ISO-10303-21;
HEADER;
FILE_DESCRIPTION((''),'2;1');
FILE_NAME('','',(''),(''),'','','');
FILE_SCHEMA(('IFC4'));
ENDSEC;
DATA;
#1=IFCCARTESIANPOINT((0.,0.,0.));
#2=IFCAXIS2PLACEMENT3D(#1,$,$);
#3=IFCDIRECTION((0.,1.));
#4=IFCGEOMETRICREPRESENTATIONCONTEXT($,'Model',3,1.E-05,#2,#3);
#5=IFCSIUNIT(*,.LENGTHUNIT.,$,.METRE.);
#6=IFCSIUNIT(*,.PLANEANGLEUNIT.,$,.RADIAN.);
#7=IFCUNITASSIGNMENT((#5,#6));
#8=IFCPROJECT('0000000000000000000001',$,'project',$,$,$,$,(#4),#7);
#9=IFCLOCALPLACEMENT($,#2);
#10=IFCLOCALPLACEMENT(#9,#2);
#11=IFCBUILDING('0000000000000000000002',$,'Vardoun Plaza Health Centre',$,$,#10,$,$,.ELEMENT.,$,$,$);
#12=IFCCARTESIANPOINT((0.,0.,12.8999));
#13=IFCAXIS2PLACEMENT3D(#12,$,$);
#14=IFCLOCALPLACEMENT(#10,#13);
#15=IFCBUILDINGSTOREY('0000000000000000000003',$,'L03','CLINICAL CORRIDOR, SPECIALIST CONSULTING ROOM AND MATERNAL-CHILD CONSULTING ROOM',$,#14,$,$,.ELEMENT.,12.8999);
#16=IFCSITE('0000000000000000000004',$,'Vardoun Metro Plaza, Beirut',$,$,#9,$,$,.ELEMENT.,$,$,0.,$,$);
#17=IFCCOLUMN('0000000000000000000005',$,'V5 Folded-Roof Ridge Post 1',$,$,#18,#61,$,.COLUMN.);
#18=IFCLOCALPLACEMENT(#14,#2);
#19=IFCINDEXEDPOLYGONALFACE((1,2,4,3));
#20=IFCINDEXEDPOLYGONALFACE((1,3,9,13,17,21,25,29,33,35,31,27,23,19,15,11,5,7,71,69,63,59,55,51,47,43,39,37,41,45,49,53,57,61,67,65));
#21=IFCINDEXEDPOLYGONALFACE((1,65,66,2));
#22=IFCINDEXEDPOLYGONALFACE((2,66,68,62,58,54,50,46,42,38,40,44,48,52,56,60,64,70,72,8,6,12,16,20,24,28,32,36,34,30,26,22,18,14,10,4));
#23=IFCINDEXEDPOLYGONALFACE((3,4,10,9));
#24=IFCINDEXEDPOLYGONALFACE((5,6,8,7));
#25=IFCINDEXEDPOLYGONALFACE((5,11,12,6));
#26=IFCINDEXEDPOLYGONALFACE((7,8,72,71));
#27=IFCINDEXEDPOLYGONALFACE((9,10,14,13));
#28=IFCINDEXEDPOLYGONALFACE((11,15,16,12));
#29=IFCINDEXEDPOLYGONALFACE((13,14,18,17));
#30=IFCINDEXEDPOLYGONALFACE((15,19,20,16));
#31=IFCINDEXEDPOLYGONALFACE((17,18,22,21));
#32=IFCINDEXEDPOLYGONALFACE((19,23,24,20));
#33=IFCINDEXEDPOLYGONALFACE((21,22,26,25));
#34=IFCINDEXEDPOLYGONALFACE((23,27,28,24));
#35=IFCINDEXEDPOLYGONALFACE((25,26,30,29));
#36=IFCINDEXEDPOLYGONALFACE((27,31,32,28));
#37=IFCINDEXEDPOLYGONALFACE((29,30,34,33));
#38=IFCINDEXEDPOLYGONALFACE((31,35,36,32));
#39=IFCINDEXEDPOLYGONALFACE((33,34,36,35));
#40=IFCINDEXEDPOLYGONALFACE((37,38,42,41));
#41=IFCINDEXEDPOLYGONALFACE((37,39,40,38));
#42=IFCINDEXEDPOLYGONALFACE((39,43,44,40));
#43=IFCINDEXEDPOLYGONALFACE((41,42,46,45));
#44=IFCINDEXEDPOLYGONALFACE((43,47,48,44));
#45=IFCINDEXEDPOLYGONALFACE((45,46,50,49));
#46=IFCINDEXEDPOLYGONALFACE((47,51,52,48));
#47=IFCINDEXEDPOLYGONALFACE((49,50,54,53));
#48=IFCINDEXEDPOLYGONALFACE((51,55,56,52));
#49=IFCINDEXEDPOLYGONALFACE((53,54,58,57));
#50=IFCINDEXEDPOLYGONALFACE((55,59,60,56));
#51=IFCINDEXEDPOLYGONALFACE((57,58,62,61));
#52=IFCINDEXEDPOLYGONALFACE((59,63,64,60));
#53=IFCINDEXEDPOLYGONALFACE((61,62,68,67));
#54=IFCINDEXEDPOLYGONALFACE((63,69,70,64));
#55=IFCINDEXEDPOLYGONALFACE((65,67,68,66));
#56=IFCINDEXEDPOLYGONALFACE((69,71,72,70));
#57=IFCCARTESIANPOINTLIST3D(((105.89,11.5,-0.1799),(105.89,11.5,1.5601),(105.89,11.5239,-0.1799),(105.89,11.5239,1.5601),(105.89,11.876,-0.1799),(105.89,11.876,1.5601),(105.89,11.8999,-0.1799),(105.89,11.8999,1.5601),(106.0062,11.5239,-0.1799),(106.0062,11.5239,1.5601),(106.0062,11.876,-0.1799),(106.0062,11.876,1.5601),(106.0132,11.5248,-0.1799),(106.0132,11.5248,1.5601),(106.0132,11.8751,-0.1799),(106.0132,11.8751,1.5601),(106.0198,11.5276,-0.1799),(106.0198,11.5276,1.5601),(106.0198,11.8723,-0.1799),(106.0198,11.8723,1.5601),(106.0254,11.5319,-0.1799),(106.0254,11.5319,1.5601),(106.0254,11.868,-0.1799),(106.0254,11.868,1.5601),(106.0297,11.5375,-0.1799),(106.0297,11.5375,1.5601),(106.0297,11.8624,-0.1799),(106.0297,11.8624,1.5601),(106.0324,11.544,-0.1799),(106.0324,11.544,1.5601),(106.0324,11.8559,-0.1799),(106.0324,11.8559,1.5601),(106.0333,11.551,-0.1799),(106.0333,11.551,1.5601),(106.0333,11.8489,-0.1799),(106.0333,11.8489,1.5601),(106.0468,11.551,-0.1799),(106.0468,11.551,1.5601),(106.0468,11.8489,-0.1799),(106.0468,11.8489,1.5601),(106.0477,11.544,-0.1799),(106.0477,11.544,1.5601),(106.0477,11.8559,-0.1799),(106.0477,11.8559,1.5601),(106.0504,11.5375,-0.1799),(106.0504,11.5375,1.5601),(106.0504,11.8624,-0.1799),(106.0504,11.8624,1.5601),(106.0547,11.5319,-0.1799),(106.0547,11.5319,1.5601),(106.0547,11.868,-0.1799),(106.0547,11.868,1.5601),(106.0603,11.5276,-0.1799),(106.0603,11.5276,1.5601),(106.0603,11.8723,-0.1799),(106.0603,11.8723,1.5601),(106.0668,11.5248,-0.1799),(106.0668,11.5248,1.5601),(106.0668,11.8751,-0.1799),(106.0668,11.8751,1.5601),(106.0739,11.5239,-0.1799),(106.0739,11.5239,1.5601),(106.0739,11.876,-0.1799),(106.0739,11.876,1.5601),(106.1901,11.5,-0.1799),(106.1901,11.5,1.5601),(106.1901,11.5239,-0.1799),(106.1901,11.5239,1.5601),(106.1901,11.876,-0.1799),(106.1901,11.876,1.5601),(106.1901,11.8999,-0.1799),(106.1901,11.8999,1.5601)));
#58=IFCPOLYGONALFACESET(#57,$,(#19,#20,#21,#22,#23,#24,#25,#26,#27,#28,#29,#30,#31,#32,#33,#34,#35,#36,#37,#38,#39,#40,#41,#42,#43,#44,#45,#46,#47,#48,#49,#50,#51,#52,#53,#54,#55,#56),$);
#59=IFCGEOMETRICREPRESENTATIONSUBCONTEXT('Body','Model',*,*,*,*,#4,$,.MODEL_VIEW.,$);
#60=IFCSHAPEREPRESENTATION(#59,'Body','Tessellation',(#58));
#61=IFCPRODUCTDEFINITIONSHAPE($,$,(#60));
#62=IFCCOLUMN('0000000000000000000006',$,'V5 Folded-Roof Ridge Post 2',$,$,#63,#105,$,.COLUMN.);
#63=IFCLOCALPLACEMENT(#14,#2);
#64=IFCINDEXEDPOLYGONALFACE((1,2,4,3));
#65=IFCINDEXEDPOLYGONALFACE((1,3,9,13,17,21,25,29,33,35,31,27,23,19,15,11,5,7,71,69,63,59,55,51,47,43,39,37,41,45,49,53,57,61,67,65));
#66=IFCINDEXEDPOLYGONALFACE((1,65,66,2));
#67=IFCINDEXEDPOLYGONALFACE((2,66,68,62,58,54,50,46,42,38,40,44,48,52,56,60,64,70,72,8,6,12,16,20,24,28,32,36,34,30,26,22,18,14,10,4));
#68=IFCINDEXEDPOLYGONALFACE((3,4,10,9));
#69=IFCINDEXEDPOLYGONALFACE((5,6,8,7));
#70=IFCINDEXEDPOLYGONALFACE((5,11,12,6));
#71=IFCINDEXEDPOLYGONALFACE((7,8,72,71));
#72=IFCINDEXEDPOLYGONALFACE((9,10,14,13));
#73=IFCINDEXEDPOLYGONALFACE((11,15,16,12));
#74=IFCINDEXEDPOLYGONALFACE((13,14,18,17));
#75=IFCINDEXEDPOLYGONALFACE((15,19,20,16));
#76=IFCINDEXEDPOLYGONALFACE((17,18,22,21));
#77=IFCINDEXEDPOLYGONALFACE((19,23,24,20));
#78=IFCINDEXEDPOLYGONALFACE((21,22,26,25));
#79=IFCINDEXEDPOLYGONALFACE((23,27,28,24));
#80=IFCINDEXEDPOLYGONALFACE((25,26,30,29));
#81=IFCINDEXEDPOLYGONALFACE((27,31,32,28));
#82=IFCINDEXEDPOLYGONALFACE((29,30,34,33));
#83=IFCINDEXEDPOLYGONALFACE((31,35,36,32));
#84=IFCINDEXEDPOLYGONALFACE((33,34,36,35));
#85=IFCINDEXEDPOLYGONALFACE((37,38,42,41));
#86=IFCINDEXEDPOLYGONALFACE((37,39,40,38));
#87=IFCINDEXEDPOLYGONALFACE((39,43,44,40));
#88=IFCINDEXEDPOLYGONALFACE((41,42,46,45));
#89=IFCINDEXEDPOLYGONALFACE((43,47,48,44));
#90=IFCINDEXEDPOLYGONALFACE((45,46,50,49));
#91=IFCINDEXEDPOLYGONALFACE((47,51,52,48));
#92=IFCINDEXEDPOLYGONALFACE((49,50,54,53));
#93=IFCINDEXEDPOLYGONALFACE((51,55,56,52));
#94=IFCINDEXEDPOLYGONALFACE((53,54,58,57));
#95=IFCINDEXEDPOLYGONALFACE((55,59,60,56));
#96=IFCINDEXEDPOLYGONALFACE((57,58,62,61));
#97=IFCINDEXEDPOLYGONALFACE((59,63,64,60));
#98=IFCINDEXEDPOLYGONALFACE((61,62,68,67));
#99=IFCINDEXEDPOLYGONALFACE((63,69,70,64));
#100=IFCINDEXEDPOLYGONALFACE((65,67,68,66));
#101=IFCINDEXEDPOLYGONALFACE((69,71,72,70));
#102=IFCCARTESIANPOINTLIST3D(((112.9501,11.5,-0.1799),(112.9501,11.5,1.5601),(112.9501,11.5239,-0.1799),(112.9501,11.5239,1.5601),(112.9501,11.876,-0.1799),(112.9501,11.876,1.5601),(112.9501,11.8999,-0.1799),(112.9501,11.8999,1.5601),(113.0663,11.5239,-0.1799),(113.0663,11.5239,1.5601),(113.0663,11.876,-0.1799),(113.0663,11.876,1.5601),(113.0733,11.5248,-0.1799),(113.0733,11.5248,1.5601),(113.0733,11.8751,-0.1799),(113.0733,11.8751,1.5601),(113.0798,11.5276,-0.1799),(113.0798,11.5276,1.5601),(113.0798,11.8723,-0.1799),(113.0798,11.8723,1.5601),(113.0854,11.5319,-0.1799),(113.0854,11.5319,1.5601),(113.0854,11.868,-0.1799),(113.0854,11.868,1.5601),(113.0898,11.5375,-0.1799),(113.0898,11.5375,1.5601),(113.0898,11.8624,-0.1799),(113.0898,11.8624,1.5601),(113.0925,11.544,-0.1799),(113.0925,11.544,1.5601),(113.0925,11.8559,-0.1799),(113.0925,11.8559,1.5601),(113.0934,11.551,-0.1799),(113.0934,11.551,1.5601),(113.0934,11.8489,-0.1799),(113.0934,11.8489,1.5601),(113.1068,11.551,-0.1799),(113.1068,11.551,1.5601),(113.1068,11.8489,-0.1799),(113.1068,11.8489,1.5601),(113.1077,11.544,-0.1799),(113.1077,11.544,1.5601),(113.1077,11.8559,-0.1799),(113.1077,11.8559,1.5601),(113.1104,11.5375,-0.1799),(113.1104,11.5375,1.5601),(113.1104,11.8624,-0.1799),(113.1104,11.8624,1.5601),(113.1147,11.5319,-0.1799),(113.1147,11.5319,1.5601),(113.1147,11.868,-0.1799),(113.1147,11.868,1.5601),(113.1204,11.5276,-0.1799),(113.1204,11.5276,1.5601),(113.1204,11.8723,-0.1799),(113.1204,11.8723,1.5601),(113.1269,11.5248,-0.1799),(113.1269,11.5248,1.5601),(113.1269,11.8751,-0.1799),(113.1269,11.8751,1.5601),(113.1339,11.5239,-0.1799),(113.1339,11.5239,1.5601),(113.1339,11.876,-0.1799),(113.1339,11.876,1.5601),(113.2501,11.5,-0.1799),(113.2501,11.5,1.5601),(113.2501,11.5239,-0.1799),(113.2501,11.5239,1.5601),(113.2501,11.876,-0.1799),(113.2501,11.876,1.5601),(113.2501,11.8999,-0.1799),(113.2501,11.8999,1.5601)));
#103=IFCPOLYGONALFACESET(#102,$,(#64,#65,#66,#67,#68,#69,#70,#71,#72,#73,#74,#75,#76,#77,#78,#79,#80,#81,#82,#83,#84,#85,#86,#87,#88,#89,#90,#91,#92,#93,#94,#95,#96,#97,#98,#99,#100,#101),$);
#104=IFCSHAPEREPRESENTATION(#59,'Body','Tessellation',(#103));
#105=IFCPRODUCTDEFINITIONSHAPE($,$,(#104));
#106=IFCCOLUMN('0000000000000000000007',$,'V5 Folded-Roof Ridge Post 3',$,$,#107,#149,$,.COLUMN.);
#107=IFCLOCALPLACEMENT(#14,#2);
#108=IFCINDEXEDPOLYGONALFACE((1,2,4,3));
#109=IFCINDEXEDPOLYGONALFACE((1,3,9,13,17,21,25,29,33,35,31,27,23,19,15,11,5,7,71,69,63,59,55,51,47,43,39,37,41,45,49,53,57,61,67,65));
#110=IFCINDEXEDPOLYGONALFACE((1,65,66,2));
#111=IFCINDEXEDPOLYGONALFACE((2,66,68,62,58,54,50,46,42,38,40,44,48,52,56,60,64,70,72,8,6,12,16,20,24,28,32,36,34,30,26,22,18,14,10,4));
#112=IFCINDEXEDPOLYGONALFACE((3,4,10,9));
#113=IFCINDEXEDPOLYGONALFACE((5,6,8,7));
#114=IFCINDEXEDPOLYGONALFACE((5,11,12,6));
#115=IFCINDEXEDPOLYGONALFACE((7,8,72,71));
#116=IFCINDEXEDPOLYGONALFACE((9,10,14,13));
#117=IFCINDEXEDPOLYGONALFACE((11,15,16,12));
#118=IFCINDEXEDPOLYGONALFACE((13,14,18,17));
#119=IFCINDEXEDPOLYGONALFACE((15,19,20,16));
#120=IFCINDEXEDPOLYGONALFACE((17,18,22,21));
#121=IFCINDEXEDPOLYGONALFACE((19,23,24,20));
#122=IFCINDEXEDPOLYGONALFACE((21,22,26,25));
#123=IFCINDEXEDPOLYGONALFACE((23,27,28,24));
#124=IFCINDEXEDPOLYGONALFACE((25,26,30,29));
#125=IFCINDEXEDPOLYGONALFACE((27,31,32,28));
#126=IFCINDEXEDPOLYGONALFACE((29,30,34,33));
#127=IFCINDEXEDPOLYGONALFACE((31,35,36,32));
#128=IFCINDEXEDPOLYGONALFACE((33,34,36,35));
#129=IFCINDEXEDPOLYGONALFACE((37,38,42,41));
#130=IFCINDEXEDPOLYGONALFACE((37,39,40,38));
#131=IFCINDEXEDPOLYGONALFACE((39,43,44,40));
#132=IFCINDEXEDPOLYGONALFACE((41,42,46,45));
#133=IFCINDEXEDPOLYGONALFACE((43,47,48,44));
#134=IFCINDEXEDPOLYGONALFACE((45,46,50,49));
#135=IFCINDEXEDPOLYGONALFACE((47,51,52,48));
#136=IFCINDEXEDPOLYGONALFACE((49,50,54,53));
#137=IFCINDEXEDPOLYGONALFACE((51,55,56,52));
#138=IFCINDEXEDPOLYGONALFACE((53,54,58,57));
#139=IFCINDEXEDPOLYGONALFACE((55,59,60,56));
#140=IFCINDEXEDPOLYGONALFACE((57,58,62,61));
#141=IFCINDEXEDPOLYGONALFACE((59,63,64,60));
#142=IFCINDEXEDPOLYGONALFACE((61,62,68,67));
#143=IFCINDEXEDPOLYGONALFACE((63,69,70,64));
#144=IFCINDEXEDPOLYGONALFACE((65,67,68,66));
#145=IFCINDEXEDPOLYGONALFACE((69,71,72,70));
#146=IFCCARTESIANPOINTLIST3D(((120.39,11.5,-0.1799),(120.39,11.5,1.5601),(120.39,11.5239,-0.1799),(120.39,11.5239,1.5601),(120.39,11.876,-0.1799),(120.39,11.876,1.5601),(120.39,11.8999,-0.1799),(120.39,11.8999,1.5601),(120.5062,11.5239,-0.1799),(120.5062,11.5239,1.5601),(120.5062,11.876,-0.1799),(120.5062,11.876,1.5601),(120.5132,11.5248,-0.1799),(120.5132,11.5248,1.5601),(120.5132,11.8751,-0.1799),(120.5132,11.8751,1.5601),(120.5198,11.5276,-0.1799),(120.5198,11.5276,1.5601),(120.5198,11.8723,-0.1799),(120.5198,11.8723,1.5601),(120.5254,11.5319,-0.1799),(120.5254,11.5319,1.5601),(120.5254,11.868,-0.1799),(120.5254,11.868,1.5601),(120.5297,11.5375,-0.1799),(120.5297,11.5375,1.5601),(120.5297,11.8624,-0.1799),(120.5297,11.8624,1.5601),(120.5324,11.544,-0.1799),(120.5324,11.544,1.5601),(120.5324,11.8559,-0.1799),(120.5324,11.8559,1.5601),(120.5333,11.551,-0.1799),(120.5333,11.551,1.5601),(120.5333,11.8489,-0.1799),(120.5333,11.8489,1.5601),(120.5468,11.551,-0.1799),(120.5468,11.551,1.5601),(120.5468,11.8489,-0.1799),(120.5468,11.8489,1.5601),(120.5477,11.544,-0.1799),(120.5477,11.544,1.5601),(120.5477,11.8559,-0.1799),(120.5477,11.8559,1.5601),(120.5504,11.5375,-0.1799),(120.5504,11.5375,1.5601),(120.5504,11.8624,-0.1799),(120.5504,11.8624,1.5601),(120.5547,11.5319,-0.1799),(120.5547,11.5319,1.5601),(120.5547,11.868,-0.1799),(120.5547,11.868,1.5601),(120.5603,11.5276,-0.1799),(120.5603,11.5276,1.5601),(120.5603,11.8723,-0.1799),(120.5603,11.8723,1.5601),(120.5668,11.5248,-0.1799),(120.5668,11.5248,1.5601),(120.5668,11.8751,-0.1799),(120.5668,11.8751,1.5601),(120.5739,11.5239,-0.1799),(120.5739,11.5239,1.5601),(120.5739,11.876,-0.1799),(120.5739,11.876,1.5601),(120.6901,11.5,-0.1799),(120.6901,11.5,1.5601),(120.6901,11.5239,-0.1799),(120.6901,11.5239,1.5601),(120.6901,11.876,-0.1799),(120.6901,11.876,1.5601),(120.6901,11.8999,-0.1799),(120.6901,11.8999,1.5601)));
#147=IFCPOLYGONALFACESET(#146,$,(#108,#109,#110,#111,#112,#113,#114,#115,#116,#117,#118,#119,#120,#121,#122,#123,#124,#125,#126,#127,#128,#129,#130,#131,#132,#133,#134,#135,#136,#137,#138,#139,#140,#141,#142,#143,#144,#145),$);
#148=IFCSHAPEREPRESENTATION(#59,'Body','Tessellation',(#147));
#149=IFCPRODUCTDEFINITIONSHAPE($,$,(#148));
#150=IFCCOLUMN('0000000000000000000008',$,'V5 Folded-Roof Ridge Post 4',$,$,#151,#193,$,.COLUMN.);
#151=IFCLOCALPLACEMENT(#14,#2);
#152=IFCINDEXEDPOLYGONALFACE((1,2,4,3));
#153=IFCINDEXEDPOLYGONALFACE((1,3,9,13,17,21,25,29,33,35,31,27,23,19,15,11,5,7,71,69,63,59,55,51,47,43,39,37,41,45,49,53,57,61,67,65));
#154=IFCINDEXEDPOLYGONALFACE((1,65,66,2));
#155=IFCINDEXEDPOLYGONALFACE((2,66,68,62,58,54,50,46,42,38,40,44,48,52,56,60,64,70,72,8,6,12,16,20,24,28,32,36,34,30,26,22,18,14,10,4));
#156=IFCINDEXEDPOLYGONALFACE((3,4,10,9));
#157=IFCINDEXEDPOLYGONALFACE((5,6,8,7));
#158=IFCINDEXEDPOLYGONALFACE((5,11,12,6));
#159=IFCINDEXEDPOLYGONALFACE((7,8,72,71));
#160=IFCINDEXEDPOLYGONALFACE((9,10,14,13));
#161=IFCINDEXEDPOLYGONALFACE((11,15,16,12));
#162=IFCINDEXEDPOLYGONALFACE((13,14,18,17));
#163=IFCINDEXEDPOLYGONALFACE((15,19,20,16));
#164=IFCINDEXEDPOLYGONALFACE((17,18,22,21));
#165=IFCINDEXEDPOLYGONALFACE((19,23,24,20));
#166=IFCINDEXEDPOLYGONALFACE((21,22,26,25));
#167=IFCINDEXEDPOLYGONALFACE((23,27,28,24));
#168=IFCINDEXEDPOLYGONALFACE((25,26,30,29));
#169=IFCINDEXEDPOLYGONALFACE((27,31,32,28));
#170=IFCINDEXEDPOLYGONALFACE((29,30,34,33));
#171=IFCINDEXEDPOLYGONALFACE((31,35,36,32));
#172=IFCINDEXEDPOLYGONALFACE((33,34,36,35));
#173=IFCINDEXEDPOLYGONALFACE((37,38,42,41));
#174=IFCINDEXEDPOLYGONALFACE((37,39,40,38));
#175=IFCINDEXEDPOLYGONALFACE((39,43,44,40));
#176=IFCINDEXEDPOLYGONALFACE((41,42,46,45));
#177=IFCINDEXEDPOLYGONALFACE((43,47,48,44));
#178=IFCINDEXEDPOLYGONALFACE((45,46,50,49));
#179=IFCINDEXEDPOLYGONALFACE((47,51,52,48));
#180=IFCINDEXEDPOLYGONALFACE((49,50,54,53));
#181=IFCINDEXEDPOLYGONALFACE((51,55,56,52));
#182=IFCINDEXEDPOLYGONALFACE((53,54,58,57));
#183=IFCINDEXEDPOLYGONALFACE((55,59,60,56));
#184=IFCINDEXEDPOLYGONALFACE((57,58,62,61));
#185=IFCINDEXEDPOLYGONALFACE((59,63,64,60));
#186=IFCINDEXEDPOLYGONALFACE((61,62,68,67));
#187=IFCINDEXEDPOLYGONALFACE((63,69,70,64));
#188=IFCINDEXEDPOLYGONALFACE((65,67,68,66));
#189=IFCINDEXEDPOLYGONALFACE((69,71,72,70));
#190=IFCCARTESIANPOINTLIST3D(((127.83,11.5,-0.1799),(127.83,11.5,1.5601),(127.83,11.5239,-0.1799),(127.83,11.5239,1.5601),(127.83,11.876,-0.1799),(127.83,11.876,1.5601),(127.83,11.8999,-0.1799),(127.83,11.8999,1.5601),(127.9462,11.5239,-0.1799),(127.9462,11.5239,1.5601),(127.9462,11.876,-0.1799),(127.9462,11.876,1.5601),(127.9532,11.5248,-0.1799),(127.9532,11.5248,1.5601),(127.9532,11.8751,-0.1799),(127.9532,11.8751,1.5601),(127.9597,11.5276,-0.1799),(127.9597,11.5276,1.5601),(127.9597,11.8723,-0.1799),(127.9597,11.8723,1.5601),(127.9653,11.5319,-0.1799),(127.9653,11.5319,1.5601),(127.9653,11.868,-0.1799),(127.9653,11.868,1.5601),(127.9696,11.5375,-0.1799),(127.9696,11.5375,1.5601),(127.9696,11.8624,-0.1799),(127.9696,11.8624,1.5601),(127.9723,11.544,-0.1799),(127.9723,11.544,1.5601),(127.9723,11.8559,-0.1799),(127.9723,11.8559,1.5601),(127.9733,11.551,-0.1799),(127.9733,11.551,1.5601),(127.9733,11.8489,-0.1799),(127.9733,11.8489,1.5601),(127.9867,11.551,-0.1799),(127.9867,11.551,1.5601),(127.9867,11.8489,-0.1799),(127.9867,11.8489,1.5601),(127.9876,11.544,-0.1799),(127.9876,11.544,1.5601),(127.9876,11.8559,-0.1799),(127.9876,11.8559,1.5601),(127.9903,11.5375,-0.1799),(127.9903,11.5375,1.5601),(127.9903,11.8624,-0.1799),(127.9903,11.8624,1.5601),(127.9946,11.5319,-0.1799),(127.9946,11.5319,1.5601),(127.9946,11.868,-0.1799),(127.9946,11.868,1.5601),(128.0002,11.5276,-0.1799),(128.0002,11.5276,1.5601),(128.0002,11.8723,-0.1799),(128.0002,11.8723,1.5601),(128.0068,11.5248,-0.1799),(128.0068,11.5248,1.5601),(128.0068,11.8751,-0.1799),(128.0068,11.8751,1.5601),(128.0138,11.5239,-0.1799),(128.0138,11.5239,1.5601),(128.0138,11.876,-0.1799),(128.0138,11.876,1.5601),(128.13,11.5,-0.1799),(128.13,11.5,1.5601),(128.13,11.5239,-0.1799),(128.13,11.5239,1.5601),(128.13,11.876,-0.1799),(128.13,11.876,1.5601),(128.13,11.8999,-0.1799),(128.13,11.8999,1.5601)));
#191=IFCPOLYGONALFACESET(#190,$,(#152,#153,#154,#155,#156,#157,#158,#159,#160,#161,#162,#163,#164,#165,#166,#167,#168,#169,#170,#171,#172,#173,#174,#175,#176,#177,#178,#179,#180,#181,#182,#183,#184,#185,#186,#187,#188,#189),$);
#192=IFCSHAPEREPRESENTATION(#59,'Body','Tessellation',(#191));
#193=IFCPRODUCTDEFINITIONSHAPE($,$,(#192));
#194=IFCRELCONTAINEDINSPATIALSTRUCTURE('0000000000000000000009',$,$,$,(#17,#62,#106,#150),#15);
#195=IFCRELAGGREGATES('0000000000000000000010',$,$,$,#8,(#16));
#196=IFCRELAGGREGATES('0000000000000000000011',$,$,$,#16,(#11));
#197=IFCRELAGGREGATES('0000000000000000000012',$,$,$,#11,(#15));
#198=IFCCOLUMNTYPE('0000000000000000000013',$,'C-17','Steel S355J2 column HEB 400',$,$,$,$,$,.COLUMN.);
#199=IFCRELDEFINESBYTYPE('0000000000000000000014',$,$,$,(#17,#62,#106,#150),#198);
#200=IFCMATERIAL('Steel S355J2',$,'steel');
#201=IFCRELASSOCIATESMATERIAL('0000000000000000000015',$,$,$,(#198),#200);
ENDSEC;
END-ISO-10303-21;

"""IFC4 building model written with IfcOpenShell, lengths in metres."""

from ifc_helpers import new_model, si_unit, direction, frame, origin, origin_2d, place, context, subcontext, project, spatial, i_section, extrude, material, material_profile, profile_set, type_object, element, save


model = new_model("IFC4")

# Units and contexts
model_context = context("Model", 3, precision=1e-05, world=origin(), true_north=direction((0.0, 1.0)))
body_context = subcontext(model_context, "Body", "Model", "MODEL_VIEW")
ifc_project = project(units=[si_unit("LENGTHUNIT", "METRE"), si_unit("PLANEANGLEUNIT", "RADIAN")], contexts=[model_context])

# Site, building, storey
site_placement = place(None, origin())
site = spatial("IfcSite", under=ifc_project, at=site_placement, Name="Vardoun Metro Plaza, Beirut", CompositionType="ELEMENT", RefElevation=0.0)
building_placement = place(site_placement, origin())
building = spatial("IfcBuilding", under=site, at=building_placement, Name="Vardoun Plaza Health Centre", CompositionType="ELEMENT")
storey_placement = place(building_placement, frame((0.0, 0.0, 12.8999)))
storey = spatial("IfcBuildingStorey", under=building, at=storey_placement, Name="L03", Description="CLINICAL CORRIDOR, SPECIALIST CONSULTING ROOM AND MATERNAL-CHILD CONSULTING ROOM", CompositionType="ELEMENT", Elevation=12.8999)

# Columns
ifc_material_1 = material(Name="Steel S355J2", Category="steel")
ifc_material_profile_1 = material_profile(ifc_material_1, i_section(OverallWidth=0.3, OverallDepth=0.3999, WebThickness=0.0134, FlangeThickness=0.0239, FilletRadius=0.0271, at=origin_2d()), Name="HEB 400")
ifc_profile_set_1 = profile_set([ifc_material_profile_1], Name="Steel S355J2")
column_type = type_object("IfcColumnType", Name="C-17", Description="Steel S355J2 column HEB 400", PredefinedType="COLUMN", material=ifc_profile_set_1)
for number, where, z_axis, x_axis, name in (
    (1, (106.04, 11.7, -0.1799), (0.0, 0.0, 1.0), (1.0, 0.0, 0.0), "V5 Folded-Roof Ridge Post 1"),
    (2, (113.1001, 11.7, -0.1799), (0.0, 0.0, 1.0), (1.0, 0.0, 0.0), "V5 Folded-Roof Ridge Post 2"),
    (3, (120.54, 11.7, -0.1799), (0.0, 0.0, 1.0), (1.0, 0.0, 0.0), "V5 Folded-Roof Ridge Post 3"),
    (4, (127.98, 11.7, -0.1799), (0.0, 0.0, 1.0), (1.0, 0.0, 0.0), "V5 Folded-Roof Ridge Post 4"),
):
    element("IfcColumn", number, at=place(storey_placement, frame(where, z_axis=z_axis, x_axis=x_axis)), inside=storey, type_object=column_type, Name=name, PredefinedType="COLUMN", context=body_context, shape_type="SweptSolid", body=[
        extrude(i_section(OverallWidth=0.3, OverallDepth=0.3999, WebThickness=0.0134, FlangeThickness=0.0239, FilletRadius=0.0271, at=origin_2d()), origin(), (0.0, 0.0, 1.0), 1.74),
    ])

save(model, "model.ifc")
